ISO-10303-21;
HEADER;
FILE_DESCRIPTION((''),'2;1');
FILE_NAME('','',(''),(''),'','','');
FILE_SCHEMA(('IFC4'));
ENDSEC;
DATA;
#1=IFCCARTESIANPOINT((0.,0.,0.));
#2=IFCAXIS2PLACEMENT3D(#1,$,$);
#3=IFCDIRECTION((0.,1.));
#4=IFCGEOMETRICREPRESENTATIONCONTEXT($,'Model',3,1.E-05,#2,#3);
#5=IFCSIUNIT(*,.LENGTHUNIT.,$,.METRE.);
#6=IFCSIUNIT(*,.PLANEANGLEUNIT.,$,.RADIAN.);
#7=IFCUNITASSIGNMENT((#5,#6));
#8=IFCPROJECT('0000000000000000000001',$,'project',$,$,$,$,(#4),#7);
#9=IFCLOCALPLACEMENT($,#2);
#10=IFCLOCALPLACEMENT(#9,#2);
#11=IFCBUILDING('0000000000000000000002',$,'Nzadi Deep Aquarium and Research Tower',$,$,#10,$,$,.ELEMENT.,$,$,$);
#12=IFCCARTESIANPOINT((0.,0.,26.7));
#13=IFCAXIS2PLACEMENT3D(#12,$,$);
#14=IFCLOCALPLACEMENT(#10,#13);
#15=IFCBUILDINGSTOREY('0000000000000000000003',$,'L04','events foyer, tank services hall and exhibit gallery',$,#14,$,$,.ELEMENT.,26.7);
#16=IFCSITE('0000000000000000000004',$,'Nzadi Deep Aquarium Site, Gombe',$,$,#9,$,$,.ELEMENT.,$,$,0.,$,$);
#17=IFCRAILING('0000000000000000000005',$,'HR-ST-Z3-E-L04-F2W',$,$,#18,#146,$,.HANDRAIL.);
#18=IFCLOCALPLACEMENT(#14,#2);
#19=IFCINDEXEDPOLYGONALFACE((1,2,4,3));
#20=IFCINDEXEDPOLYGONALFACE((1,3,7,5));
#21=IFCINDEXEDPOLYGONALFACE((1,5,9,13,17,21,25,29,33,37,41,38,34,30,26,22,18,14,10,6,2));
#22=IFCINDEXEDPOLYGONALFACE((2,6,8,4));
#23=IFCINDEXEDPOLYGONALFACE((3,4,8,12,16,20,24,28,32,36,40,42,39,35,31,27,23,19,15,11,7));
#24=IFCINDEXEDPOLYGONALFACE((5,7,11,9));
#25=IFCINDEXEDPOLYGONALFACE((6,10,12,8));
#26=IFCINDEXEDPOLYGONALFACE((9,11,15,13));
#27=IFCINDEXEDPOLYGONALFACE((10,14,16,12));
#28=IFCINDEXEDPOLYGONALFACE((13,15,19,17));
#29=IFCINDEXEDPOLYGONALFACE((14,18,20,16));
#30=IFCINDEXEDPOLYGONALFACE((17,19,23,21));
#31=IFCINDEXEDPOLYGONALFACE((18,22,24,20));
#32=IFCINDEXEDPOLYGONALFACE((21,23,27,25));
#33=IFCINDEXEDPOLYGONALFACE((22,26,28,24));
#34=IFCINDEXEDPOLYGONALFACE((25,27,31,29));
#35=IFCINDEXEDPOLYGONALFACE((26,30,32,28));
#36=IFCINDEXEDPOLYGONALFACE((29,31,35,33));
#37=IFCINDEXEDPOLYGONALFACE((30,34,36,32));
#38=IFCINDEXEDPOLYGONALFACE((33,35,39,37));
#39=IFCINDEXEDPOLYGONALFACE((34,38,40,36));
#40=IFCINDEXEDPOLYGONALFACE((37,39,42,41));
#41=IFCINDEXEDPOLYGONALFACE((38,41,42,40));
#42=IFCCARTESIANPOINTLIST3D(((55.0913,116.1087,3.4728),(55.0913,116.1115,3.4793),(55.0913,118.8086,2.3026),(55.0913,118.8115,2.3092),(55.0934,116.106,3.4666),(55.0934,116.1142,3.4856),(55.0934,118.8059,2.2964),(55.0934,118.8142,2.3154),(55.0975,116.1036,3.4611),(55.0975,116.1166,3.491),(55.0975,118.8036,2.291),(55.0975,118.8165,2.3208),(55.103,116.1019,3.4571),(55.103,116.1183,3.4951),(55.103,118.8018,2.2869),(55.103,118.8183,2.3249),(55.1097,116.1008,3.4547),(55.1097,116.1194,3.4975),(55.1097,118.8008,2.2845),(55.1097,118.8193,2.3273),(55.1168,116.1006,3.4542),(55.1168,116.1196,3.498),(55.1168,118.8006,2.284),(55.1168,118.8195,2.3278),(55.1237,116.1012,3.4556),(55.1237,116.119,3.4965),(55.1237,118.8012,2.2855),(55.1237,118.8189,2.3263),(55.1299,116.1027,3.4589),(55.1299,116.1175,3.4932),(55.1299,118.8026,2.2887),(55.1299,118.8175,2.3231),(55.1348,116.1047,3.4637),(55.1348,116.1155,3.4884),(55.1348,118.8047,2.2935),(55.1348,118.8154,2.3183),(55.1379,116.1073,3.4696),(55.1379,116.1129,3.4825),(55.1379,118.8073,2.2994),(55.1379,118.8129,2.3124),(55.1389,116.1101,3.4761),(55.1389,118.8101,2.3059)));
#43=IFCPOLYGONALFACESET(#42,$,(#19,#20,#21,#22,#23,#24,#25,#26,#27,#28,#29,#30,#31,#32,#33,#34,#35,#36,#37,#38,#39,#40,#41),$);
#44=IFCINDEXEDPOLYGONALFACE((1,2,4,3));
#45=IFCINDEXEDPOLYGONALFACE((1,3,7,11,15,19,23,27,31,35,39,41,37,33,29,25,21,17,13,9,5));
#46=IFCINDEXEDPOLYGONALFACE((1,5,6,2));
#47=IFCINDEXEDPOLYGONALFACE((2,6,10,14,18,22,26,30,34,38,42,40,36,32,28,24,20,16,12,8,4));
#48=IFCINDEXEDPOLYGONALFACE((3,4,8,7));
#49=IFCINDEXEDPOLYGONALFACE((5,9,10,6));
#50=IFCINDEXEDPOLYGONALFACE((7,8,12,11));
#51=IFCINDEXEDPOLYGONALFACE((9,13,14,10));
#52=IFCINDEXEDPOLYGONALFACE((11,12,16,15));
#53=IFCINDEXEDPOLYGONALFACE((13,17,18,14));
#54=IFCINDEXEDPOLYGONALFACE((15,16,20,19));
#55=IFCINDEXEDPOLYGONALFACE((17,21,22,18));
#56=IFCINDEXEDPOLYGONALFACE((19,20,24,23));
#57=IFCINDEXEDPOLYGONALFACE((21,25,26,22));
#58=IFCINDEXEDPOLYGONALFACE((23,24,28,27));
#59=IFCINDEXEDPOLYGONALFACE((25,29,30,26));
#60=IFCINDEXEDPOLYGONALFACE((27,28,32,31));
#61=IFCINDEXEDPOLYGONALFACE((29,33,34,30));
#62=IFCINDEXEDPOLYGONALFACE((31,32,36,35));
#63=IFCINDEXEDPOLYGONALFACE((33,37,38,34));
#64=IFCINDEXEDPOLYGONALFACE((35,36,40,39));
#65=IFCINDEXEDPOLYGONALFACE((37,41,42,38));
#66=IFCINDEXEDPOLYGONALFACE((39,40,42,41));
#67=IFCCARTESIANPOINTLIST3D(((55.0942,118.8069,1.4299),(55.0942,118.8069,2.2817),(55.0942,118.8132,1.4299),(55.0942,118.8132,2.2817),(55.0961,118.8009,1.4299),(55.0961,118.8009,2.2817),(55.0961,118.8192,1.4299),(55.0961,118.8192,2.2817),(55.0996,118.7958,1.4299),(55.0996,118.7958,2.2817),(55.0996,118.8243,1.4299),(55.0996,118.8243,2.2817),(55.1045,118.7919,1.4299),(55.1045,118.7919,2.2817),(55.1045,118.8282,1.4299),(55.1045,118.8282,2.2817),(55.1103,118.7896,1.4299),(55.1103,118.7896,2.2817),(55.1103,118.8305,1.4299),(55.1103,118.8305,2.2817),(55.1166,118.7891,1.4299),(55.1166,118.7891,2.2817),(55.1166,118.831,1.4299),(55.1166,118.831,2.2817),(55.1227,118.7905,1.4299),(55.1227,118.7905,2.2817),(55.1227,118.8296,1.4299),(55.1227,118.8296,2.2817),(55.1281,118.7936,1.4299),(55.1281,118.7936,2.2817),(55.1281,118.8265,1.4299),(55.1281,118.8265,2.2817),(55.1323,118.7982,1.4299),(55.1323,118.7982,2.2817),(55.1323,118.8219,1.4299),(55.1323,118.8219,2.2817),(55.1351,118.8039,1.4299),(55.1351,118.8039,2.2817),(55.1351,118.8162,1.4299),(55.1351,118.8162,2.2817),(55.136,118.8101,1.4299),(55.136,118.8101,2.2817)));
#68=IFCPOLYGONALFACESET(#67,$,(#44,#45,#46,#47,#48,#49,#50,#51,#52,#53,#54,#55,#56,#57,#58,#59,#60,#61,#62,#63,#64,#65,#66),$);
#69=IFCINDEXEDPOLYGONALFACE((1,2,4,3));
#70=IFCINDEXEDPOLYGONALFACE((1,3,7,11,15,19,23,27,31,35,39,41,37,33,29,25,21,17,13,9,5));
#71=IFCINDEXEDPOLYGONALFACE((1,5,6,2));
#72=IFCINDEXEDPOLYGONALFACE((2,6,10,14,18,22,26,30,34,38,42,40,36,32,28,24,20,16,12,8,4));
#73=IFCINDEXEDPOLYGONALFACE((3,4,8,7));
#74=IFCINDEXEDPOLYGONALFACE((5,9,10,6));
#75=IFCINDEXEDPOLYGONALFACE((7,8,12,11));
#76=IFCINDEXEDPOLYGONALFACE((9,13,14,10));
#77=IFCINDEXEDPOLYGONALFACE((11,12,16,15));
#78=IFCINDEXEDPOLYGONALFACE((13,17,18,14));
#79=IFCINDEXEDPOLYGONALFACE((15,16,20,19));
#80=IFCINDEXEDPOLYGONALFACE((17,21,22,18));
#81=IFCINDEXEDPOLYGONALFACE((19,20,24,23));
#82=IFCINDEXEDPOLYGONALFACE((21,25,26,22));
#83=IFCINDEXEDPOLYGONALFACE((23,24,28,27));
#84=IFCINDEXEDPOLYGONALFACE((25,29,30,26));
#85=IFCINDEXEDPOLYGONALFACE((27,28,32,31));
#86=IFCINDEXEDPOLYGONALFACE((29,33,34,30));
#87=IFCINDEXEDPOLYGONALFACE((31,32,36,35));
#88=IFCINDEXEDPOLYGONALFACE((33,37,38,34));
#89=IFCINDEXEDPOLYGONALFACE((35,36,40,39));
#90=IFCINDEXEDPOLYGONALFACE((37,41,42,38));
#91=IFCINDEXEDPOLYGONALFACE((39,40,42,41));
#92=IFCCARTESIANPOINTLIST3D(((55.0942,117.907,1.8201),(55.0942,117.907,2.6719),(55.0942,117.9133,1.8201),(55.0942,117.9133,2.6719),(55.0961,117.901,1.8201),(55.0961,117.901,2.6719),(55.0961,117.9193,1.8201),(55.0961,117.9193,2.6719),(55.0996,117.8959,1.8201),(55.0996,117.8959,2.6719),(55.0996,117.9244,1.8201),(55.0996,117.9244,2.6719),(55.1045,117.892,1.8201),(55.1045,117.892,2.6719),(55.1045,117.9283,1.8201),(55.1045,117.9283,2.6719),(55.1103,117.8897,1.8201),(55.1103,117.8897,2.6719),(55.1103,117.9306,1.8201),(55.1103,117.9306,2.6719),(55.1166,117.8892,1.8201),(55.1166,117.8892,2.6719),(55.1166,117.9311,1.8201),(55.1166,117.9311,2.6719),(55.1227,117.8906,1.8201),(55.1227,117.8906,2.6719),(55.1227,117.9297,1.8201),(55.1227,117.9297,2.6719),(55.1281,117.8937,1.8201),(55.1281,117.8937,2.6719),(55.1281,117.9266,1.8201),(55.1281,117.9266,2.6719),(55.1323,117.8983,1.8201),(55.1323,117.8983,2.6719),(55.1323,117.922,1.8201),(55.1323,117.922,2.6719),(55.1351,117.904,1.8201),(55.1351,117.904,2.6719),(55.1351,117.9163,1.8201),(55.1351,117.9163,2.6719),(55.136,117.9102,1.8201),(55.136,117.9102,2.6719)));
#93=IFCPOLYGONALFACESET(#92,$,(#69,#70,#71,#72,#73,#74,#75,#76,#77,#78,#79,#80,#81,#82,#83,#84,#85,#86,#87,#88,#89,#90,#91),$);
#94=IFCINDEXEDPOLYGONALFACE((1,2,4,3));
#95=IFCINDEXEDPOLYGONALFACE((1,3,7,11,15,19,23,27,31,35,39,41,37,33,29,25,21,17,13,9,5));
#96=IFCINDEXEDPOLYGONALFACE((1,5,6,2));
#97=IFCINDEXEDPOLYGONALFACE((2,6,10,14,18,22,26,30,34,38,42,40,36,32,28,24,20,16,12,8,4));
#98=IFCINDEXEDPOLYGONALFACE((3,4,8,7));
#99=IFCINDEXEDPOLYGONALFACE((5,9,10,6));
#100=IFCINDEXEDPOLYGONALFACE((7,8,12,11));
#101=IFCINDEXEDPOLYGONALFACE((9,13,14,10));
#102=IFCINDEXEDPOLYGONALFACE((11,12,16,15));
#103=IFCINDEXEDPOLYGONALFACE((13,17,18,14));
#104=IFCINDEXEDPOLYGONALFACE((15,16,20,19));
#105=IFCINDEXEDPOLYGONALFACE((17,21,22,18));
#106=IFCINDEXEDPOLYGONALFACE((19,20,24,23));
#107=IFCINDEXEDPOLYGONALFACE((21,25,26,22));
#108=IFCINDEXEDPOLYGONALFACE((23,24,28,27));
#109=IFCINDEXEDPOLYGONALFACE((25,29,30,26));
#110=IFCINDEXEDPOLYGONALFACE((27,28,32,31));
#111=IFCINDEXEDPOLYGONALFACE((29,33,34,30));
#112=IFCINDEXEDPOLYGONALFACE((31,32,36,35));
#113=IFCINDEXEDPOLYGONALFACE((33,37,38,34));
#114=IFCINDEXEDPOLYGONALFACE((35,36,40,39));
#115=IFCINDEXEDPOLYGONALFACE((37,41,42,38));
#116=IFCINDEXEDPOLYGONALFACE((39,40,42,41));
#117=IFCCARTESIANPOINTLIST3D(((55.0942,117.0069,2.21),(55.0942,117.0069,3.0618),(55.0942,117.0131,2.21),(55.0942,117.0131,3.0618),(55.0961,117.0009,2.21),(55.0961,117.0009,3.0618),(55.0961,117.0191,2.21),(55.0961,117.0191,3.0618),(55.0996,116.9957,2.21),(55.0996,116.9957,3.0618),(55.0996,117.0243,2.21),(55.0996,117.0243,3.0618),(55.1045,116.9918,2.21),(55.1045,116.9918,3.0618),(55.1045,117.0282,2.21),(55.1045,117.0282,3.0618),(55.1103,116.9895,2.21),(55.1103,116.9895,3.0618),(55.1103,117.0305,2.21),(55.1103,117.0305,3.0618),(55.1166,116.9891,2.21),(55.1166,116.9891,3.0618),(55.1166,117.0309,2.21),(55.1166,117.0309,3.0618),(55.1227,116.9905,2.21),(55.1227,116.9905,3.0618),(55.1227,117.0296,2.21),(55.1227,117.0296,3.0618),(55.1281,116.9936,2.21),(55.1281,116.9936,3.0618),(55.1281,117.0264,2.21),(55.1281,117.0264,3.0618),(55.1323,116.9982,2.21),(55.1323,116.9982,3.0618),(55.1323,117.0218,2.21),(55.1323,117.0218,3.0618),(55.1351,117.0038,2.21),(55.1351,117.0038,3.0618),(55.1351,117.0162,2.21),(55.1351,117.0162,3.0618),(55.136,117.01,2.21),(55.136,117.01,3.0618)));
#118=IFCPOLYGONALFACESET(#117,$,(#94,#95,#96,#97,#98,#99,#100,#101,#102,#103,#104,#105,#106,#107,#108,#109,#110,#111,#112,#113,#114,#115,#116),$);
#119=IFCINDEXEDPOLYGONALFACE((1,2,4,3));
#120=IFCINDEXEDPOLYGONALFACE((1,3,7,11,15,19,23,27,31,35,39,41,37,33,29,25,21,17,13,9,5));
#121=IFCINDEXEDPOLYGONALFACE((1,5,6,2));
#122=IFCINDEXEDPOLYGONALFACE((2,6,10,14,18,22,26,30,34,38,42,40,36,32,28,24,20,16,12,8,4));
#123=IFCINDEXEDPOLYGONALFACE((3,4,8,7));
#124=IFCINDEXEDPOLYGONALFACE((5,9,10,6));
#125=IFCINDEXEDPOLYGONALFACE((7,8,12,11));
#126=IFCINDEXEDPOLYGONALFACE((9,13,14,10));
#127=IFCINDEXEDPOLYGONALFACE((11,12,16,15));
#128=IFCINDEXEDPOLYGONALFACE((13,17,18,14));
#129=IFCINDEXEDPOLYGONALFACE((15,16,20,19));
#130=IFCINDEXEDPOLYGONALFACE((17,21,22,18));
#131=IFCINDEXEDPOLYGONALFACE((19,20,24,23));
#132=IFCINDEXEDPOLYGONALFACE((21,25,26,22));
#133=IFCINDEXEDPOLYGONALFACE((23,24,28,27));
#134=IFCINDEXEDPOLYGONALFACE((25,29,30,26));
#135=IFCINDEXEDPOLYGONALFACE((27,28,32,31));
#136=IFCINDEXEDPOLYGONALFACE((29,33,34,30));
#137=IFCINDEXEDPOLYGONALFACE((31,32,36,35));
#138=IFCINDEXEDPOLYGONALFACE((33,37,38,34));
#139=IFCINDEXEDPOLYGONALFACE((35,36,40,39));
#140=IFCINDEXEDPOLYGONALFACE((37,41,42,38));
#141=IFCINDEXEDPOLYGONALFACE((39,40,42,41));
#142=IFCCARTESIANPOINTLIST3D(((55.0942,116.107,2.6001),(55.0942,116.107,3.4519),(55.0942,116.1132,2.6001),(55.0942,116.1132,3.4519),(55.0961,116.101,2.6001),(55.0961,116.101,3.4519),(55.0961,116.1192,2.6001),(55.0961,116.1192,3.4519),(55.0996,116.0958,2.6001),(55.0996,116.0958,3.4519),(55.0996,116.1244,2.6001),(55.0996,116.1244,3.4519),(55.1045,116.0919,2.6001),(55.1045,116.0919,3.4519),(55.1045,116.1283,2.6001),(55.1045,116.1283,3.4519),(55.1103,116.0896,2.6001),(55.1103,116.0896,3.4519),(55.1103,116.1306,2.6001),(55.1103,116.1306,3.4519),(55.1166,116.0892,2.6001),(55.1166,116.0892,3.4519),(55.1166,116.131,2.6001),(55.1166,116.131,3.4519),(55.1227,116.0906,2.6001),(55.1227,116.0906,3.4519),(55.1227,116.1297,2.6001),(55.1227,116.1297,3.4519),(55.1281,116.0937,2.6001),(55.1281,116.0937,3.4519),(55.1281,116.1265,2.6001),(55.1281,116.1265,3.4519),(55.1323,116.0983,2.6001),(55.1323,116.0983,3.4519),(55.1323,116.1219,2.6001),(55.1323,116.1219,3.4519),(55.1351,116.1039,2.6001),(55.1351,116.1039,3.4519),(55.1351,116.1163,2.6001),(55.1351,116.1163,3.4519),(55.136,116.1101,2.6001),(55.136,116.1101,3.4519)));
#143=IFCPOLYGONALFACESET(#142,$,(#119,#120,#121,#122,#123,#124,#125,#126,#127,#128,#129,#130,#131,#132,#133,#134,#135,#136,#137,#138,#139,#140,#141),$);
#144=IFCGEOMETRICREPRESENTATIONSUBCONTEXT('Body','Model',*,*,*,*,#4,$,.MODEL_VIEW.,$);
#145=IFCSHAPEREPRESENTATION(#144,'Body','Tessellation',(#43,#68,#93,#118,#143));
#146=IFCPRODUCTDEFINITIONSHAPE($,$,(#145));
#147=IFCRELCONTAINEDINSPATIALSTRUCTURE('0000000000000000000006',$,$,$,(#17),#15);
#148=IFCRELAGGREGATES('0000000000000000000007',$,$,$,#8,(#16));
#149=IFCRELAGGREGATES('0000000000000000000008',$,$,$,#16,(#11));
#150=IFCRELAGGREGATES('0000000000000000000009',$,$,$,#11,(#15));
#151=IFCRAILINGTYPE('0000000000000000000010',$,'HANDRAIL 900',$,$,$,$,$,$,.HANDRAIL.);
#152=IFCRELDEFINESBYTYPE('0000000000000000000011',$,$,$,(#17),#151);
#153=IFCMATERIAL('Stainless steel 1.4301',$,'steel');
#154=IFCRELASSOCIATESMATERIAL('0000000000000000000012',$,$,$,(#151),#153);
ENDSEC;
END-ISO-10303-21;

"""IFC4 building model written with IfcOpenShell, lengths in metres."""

from ifc_helpers import new_model, si_unit, direction, frame, origin, origin_2d, place, context, subcontext, project, spatial, circle, extrude, material, type_object, element, save


model = new_model("IFC4")

# Units and contexts
model_context = context("Model", 3, precision=1e-05, world=origin(), true_north=direction((0.0, 1.0)))
body_context = subcontext(model_context, "Body", "Model", "MODEL_VIEW")
ifc_project = project(units=[si_unit("LENGTHUNIT", "METRE"), si_unit("PLANEANGLEUNIT", "RADIAN")], contexts=[model_context])

# Site, building, storey
site_placement = place(None, origin())
site = spatial("IfcSite", under=ifc_project, at=site_placement, Name="Nzadi Deep Aquarium Site, Gombe", CompositionType="ELEMENT", RefElevation=0.0)
building_placement = place(site_placement, origin())
building = spatial("IfcBuilding", under=site, at=building_placement, Name="Nzadi Deep Aquarium and Research Tower", CompositionType="ELEMENT")
storey_placement = place(building_placement, frame((0.0, 0.0, 26.7)))
storey = spatial("IfcBuildingStorey", under=building, at=storey_placement, Name="L04", Description="events foyer, tank services hall and exhibit gallery", CompositionType="ELEMENT", Elevation=26.7)

# Railing
ifc_material_1 = material(Name="Stainless steel 1.4301", Category="steel")
railing_type_1 = type_object("IfcRailingType", Name="HANDRAIL 900", PredefinedType="HANDRAIL", material=ifc_material_1)
for number, where, name in (
    (1, (55.115, 118.8101, 1.4299), "HR-ST-Z3-E-L04-F2W"),
):
    element("IfcRailing", number, at=place(storey_placement, frame(where)), inside=storey, type_object=railing_type_1, Name=name, PredefinedType="HANDRAIL", context=body_context, shape_type="SweptSolid", body=[
        extrude(circle(Radius=0.0239, at=origin_2d()), frame((0.0, 0.0, 0.876), z_axis=(0.0, -0.917532, 0.397661), x_axis=(1.0, 0.0, 0.0)), (0.0, 0.0, 1.0), 2.9426),
        extrude(circle(Radius=0.021, at=origin_2d()), origin(), (0.0, 0.0, 1.0), 0.8518),
        extrude(circle(Radius=0.021, at=origin_2d()), frame((0.0, -0.8999, 0.3901)), (0.0, 0.0, 1.0), 0.8518),
        extrude(circle(Radius=0.021, at=origin_2d()), frame((0.0, -1.8, 0.78)), (0.0, 0.0, 1.0), 0.8518),
        extrude(circle(Radius=0.021, at=origin_2d()), frame((0.0, -2.7, 1.1702)), (0.0, 0.0, 1.0), 0.8518),
    ])

save(model, "model.ifc")
